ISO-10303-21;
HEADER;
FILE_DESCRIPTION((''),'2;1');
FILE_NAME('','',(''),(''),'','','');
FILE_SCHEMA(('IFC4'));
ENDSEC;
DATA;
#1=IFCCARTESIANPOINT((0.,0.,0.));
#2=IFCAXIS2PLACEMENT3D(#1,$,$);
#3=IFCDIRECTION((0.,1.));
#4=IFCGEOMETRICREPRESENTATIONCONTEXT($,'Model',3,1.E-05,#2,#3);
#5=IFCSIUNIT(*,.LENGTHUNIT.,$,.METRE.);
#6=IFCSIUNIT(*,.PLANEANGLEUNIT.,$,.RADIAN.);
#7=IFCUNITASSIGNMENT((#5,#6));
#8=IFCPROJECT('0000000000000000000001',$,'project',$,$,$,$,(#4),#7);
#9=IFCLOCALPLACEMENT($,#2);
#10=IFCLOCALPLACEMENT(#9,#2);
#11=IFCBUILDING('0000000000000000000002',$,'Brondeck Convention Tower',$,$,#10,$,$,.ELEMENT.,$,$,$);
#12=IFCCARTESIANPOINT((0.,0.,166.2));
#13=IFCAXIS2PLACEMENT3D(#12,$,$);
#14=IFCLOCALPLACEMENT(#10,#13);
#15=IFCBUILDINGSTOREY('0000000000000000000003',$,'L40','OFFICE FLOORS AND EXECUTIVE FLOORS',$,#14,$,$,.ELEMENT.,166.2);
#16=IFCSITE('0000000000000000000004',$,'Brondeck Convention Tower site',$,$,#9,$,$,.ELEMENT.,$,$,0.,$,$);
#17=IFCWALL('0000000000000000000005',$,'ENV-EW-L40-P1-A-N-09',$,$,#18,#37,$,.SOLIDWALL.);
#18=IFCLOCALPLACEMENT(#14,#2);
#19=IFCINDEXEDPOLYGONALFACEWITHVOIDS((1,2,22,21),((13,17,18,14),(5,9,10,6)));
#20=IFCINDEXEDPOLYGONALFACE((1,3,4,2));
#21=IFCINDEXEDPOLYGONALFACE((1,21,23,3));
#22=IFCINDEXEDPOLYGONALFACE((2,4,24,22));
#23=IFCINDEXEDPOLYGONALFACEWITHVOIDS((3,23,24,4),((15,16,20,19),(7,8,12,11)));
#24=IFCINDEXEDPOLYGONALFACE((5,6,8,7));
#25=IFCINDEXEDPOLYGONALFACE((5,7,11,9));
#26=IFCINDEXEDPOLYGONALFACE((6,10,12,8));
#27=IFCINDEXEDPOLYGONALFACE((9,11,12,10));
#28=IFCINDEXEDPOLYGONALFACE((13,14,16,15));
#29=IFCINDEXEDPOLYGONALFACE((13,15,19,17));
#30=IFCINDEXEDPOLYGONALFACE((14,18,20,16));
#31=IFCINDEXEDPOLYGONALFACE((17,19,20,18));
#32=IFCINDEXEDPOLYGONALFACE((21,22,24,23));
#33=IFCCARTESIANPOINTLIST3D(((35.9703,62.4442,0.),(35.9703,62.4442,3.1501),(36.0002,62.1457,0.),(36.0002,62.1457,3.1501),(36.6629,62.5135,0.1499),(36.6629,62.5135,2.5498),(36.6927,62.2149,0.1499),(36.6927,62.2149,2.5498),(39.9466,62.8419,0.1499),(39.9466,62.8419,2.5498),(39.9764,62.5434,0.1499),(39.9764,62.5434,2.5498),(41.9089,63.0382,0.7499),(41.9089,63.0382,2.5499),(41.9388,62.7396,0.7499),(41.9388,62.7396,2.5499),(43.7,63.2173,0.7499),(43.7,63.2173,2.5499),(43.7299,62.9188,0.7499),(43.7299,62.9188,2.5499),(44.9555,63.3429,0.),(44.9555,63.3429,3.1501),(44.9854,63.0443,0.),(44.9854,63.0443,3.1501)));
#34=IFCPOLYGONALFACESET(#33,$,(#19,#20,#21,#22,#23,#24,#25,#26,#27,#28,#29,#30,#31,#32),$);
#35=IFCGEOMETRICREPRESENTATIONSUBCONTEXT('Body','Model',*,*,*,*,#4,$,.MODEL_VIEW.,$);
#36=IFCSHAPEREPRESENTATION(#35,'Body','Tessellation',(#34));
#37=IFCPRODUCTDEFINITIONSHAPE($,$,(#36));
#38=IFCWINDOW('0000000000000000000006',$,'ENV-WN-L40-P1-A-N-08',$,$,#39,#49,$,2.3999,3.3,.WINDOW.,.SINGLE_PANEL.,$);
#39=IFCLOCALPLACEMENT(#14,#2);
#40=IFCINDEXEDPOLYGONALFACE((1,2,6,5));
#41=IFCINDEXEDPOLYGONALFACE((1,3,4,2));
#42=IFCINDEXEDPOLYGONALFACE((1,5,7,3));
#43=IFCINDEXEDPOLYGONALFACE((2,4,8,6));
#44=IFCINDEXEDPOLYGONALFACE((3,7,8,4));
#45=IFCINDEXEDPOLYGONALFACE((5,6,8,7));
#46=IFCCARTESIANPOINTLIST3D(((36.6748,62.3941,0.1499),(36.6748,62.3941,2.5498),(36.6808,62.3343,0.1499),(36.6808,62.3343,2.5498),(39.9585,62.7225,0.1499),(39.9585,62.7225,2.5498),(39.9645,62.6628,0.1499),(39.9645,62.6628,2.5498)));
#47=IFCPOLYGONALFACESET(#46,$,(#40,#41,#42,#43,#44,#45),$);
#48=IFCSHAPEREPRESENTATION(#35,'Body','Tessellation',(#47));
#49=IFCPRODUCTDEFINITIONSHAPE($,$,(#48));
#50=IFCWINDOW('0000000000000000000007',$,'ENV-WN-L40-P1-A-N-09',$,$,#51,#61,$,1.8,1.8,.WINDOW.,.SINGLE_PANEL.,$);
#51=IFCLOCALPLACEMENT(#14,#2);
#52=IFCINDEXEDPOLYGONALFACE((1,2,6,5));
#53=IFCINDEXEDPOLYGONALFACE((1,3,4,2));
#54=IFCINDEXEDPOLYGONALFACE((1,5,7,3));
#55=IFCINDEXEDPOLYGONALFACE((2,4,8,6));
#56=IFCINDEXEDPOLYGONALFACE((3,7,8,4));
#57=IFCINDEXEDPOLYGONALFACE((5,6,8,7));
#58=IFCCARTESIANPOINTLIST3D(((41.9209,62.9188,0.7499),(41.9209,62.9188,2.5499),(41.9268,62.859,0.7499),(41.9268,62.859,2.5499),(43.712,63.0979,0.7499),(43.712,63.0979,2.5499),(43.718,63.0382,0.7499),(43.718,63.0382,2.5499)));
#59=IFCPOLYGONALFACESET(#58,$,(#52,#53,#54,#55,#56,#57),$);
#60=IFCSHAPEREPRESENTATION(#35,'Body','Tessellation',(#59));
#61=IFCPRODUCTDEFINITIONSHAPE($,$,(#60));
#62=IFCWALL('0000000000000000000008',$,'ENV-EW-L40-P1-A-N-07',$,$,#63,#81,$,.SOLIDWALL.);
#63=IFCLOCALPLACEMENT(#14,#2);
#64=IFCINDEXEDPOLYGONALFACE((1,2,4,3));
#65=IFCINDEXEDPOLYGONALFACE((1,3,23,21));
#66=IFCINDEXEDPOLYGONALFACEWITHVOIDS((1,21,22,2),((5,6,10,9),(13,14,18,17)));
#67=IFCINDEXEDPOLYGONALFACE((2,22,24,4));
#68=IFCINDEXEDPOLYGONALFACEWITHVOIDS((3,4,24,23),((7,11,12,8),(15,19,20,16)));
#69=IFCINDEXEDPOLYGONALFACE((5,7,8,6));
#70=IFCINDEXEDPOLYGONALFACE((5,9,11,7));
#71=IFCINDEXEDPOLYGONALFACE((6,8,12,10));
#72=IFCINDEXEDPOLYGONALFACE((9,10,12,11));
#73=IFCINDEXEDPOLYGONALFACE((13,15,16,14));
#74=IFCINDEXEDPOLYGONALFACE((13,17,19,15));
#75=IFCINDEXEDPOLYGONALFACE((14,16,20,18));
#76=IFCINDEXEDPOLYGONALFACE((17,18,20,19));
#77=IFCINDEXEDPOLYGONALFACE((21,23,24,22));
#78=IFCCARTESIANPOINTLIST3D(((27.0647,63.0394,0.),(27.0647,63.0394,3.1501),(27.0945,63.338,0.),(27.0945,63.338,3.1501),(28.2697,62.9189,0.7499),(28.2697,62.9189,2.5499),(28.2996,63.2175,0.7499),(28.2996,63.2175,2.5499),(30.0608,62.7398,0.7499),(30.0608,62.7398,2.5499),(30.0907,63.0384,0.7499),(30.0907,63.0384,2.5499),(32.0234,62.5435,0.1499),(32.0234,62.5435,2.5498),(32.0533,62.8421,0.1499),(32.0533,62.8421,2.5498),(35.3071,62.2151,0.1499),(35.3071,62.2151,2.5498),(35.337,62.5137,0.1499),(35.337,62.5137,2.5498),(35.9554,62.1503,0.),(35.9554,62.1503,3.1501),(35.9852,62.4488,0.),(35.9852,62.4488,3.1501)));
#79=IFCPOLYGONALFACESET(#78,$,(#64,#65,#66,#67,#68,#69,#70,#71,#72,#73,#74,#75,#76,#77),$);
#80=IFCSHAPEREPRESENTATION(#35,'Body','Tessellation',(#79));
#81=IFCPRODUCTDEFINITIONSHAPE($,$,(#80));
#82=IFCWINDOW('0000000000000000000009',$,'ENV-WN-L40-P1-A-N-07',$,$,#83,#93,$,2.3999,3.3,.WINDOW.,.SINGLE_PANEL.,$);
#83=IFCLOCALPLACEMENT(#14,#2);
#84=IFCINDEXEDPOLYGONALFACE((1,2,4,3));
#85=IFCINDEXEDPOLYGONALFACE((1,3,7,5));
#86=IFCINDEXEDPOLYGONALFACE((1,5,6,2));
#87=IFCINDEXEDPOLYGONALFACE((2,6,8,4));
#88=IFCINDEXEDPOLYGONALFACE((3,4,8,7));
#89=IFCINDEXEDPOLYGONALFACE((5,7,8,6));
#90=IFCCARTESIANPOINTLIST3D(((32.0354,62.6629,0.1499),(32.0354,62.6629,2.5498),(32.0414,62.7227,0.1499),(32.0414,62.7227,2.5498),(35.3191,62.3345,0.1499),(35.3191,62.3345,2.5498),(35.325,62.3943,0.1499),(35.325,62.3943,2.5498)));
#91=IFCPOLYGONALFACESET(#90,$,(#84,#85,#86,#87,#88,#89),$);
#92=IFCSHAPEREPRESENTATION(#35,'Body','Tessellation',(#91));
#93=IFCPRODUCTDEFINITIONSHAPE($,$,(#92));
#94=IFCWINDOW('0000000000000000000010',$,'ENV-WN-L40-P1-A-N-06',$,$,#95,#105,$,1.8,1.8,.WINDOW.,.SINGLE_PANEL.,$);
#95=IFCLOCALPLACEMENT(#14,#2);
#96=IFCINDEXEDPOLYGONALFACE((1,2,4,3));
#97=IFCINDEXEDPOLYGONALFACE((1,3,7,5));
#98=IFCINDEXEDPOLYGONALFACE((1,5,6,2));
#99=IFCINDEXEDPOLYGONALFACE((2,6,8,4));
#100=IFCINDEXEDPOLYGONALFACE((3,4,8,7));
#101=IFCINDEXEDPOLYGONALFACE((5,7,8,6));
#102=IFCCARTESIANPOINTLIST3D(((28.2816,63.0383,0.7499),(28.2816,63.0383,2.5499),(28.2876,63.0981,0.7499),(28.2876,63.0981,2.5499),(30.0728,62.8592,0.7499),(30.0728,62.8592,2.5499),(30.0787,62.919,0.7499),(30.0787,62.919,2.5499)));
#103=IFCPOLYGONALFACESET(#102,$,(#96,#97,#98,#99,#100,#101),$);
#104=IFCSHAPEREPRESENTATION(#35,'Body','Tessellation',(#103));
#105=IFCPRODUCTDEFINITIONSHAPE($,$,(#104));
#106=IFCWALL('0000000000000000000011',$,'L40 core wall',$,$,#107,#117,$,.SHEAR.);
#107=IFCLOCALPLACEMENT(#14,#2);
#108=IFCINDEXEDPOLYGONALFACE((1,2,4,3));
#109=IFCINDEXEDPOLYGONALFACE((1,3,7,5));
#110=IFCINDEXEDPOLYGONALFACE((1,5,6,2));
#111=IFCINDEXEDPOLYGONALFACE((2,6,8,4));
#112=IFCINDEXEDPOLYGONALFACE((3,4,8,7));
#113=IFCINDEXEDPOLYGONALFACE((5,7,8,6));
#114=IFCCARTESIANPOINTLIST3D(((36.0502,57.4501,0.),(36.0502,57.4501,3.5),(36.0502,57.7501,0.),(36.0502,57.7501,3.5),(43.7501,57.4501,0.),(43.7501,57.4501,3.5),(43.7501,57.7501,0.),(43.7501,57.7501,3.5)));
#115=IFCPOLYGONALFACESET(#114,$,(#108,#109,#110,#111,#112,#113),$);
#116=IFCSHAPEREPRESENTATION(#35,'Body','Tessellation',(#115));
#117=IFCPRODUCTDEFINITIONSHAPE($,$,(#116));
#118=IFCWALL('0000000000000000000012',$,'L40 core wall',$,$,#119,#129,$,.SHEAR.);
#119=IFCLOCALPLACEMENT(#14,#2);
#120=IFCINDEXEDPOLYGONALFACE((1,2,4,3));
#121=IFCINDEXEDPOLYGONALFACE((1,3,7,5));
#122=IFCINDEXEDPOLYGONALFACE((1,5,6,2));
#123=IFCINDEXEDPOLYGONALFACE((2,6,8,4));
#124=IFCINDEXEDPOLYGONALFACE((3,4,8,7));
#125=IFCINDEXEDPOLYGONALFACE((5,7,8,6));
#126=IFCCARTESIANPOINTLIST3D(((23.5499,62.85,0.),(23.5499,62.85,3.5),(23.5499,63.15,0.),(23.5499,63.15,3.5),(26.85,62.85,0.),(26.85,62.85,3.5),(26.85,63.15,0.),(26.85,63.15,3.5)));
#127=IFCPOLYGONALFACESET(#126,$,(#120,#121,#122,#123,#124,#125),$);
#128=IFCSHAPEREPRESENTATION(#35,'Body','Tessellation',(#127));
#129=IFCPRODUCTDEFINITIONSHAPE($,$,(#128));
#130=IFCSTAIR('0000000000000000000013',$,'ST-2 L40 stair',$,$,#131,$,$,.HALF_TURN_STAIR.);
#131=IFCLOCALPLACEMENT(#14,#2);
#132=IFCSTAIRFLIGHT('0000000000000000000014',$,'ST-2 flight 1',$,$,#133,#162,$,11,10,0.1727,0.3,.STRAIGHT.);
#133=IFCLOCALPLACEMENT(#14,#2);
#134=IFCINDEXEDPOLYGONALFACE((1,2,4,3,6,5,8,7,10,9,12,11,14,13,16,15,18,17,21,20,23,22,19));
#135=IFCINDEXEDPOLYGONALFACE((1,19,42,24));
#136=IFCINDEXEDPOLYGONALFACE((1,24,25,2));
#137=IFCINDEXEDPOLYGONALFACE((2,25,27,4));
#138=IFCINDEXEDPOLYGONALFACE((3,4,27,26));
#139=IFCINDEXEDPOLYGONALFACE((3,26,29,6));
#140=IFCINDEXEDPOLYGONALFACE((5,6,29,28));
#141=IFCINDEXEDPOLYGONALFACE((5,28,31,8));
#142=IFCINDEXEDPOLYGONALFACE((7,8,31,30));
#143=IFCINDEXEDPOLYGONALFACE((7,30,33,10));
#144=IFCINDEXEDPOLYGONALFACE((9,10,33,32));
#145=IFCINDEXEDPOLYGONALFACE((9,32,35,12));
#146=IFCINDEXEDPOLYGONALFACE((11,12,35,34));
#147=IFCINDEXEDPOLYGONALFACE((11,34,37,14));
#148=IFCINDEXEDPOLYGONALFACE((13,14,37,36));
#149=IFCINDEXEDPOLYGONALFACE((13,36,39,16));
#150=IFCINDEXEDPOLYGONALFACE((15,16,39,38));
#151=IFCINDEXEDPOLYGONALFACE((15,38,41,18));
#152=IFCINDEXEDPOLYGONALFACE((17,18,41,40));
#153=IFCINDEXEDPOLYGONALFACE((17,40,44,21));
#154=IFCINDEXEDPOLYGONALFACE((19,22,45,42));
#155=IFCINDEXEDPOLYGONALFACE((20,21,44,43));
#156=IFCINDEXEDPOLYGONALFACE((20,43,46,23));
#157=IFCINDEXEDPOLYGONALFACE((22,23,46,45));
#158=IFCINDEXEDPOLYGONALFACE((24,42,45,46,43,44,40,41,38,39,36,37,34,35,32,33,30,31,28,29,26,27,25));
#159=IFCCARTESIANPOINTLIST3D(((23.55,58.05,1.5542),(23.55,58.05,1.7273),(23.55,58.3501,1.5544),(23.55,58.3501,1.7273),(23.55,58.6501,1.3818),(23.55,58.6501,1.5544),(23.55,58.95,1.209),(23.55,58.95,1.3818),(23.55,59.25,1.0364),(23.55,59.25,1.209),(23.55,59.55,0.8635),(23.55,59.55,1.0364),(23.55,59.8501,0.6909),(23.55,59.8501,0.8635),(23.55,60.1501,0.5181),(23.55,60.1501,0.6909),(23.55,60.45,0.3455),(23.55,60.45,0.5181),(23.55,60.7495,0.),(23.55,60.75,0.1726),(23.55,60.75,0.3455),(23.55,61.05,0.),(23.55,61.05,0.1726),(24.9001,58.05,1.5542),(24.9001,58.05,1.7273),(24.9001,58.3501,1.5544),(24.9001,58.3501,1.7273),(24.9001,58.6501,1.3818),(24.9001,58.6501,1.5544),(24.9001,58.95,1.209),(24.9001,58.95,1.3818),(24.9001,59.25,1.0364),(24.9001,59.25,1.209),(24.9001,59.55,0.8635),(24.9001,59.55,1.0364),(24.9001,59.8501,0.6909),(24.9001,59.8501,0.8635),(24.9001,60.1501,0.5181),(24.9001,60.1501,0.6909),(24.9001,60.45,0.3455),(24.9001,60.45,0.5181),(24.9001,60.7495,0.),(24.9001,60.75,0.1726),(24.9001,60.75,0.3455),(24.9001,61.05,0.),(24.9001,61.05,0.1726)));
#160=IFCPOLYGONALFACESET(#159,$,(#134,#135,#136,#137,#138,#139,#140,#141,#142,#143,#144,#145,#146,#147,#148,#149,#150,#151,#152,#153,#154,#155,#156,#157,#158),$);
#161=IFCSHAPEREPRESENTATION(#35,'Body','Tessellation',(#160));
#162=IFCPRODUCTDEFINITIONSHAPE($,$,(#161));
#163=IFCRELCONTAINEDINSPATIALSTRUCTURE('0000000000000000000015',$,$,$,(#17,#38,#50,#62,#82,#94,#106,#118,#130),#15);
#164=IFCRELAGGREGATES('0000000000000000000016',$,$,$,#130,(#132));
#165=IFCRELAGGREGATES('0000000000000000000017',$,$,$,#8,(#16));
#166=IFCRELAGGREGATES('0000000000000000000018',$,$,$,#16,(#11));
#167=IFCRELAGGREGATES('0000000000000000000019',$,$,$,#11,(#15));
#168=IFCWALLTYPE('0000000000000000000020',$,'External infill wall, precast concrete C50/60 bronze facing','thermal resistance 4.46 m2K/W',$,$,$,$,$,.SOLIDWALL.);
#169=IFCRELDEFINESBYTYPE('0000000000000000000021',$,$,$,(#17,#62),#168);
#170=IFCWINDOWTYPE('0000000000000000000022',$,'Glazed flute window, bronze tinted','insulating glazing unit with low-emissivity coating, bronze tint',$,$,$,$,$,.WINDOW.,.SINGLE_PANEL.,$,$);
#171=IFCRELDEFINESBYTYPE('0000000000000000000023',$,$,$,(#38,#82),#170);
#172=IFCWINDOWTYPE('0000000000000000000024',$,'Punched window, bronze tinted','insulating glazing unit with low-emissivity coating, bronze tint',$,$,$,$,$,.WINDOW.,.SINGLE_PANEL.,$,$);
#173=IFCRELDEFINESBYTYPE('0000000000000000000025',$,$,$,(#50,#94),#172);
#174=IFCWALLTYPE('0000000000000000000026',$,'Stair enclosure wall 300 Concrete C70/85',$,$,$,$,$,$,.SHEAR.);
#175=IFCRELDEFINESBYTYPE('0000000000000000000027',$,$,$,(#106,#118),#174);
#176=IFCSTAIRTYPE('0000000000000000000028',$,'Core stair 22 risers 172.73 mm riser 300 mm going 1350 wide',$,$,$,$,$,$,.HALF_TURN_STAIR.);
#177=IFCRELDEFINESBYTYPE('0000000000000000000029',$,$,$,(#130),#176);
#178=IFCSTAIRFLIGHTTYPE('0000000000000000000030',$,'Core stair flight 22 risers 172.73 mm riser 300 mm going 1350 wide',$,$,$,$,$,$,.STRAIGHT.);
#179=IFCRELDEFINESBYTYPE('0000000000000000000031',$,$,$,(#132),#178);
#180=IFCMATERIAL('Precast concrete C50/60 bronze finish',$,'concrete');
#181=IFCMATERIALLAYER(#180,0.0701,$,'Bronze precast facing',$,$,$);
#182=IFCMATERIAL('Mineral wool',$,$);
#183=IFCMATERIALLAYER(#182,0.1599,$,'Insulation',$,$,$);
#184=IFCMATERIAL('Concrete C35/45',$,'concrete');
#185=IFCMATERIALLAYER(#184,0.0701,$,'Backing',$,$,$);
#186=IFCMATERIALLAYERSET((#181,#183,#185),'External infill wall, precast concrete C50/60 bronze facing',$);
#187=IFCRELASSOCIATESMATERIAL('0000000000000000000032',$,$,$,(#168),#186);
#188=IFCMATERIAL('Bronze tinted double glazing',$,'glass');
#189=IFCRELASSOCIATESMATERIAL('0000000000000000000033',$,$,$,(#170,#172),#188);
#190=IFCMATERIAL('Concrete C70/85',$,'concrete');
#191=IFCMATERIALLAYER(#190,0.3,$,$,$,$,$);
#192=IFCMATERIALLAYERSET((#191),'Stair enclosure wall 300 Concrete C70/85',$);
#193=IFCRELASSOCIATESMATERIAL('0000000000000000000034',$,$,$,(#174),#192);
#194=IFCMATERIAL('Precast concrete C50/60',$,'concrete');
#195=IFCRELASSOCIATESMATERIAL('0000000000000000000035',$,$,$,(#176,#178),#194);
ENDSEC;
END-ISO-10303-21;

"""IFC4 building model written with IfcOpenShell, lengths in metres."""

from ifc_helpers import new_model, si_unit, direction, frame, frame_2d, origin, place, context, subcontext, project, spatial, polyline, rectangle, outline, extrude, material, layer, layer_set, type_object, element, fill, aggregate, save


model = new_model("IFC4")

# Units and contexts
model_context = context("Model", 3, precision=1e-05, world=origin(), true_north=direction((0.0, 1.0)))
body_context = subcontext(model_context, "Body", "Model", "MODEL_VIEW")
ifc_project = project(units=[si_unit("LENGTHUNIT", "METRE"), si_unit("PLANEANGLEUNIT", "RADIAN")], contexts=[model_context])

# Site, building, storey
site_placement = place(None, origin())
site = spatial("IfcSite", under=ifc_project, at=site_placement, Name="Brondeck Convention Tower site", CompositionType="ELEMENT", RefElevation=0.0)
building_placement = place(site_placement, origin())
building = spatial("IfcBuilding", under=site, at=building_placement, Name="Brondeck Convention Tower", CompositionType="ELEMENT")
storey_placement = place(building_placement, frame((0.0, 0.0, 166.2)))
storey = spatial("IfcBuildingStorey", under=building, at=storey_placement, Name="L40", Description="OFFICE FLOORS AND EXECUTIVE FLOORS", CompositionType="ELEMENT", Elevation=166.2)

# Shared definitions
ifc_material_1 = material(Name="Concrete C70/85", Category="concrete")

# Walls, openings, windows
ifc_material_2 = material(Name="Precast concrete C50/60 bronze finish", Category="concrete")
ifc_layer_1 = layer(ifc_material_2, 0.0701, Name="Bronze precast facing")
ifc_material_3 = material(Name="Mineral wool")
ifc_layer_2 = layer(ifc_material_3, 0.1599, Name="Insulation")
ifc_material_4 = material(Name="Concrete C35/45", Category="concrete")
ifc_layer_3 = layer(ifc_material_4, 0.0701, Name="Backing")
ifc_layer_set_1 = layer_set([ifc_layer_1, ifc_layer_2, ifc_layer_3], Name="External infill wall, precast concrete C50/60 bronze facing")
wall_type_1 = type_object("IfcWallType", Name="External infill wall, precast concrete C50/60 bronze facing", Description="thermal resistance 4.46 m2K/W", PredefinedType="SOLIDWALL", material=ifc_layer_set_1)
wall_1_placement = place(storey_placement, frame((35.9851, 62.2949, 0.0), z_axis=(0.0, 0.0, 1.0), x_axis=(0.995035, 0.099522, 0.0)))
wall_1 = element("IfcWall", 1, at=wall_1_placement, inside=storey, type_object=wall_type_1, Name="ENV-EW-L40-P1-A-N-09", PredefinedType="SOLIDWALL", context=body_context, shape_type="SweptSolid", body=[
    extrude(rectangle(XDim=9.03, YDim=0.3, at=frame_2d((4.5151, 0.0))), origin(), (0.0, 0.0, 1.0), 3.1501),
])
opening_1_placement = place(wall_1_placement, frame((0.6963, 0.0, 0.1499)))
opening_1 = element("IfcOpeningElement", 2, at=opening_1_placement, cuts=wall_1, PredefinedType="OPENING", context=body_context, shape_type="SweptSolid", body=[
    extrude(rectangle(XDim=3.3, YDim=2.3999, at=frame_2d((1.6499, 1.2))), frame((0.0, 0.1599, 0.0), z_axis=(0.0, -1.0, 0.0), x_axis=(1.0, 0.0, 0.0)), (0.0, 0.0, 1.0), 0.3201),
])
opening_2_placement = place(wall_1_placement, frame((5.9685, 0.0, 0.75)))
opening_2 = element("IfcOpeningElement", 3, at=opening_2_placement, cuts=wall_1, PredefinedType="OPENING", context=body_context, shape_type="SweptSolid", body=[
    extrude(rectangle(XDim=1.8, YDim=1.8, at=frame_2d((0.8999, 0.8999))), frame((0.0, 0.1599, 0.0), z_axis=(0.0, -1.0, 0.0), x_axis=(1.0, 0.0, 0.0)), (0.0, 0.0, 1.0), 0.3201),
])
ifc_material_5 = material(Name="Bronze tinted double glazing", Category="glass")
window_type_1 = type_object("IfcWindowType", Name="Glazed flute window, bronze tinted", Description="insulating glazing unit with low-emissivity coating, bronze tint", PartitioningType="SINGLE_PANEL", PredefinedType="WINDOW", material=ifc_material_5)
window_1_placement = place(opening_1_placement, origin())
window_1 = element("IfcWindow", 4, at=window_1_placement, inside=storey, type_object=window_type_1, Name="ENV-WN-L40-P1-A-N-08", OverallHeight=2.3999, OverallWidth=3.3, PartitioningType="SINGLE_PANEL", PredefinedType="WINDOW", context=body_context, shape_type="SweptSolid", body=[
    extrude(rectangle(XDim=3.3, YDim=2.3999, at=frame_2d((1.6499, 1.2))), frame((0.0, 0.03, 0.0), z_axis=(0.0, -1.0, 0.0), x_axis=(1.0, 0.0, 0.0)), (0.0, 0.0, 1.0), 0.0601),
])
fill(opening_1, window_1)
window_type_2 = type_object("IfcWindowType", Name="Punched window, bronze tinted", Description="insulating glazing unit with low-emissivity coating, bronze tint", PartitioningType="SINGLE_PANEL", PredefinedType="WINDOW", material=ifc_material_5)
window_2_placement = place(opening_2_placement, origin())
window_2 = element("IfcWindow", 5, at=window_2_placement, inside=storey, type_object=window_type_2, Name="ENV-WN-L40-P1-A-N-09", OverallHeight=1.8, OverallWidth=1.8, PartitioningType="SINGLE_PANEL", PredefinedType="WINDOW", context=body_context, shape_type="SweptSolid", body=[
    extrude(rectangle(XDim=1.8, YDim=1.8, at=frame_2d((0.8999, 0.8999))), frame((0.0, 0.03, 0.0), z_axis=(0.0, -1.0, 0.0), x_axis=(1.0, 0.0, 0.0)), (0.0, 0.0, 1.0), 0.0601),
])
fill(opening_2, window_2)
wall_2_placement = place(storey_placement, frame((27.0796, 63.1887, 0.0), z_axis=(0.0, 0.0, 1.0), x_axis=(0.995036, -0.099515, 0.0)))
wall_2 = element("IfcWall", 6, at=wall_2_placement, inside=storey, type_object=wall_type_1, Name="ENV-EW-L40-P1-A-N-07", PredefinedType="SOLIDWALL", context=body_context, shape_type="SweptSolid", body=[
    extrude(rectangle(XDim=8.9351, YDim=0.3, at=frame_2d((4.4675, 0.0))), origin(), (0.0, 0.0, 1.0), 3.1501),
])
opening_3_placement = place(wall_2_placement, frame((1.2112, 0.0, 0.75)))
opening_3 = element("IfcOpeningElement", 7, at=opening_3_placement, cuts=wall_2, PredefinedType="OPENING", context=body_context, shape_type="SweptSolid", body=[
    extrude(rectangle(XDim=1.8, YDim=1.8, at=frame_2d((0.8999, 0.8999))), frame((0.0, 0.1599, 0.0), z_axis=(0.0, -1.0, 0.0), x_axis=(1.0, 0.0, 0.0)), (0.0, 0.0, 1.0), 0.3201),
])
opening_4_placement = place(wall_2_placement, frame((4.9836, 0.0, 0.1499)))
opening_4 = element("IfcOpeningElement", 8, at=opening_4_placement, cuts=wall_2, PredefinedType="OPENING", context=body_context, shape_type="SweptSolid", body=[
    extrude(rectangle(XDim=3.3, YDim=2.3999, at=frame_2d((1.6499, 1.2))), frame((0.0, 0.1599, 0.0), z_axis=(0.0, -1.0, 0.0), x_axis=(1.0, 0.0, 0.0)), (0.0, 0.0, 1.0), 0.3201),
])
window_3_placement = place(opening_4_placement, origin())
window_3 = element("IfcWindow", 9, at=window_3_placement, inside=storey, type_object=window_type_1, Name="ENV-WN-L40-P1-A-N-07", OverallHeight=2.3999, OverallWidth=3.3, PartitioningType="SINGLE_PANEL", PredefinedType="WINDOW", context=body_context, shape_type="SweptSolid", body=[
    extrude(rectangle(XDim=3.3, YDim=2.3999, at=frame_2d((1.6499, 1.2))), frame((0.0, 0.03, 0.0), z_axis=(0.0, -1.0, 0.0), x_axis=(1.0, 0.0, 0.0)), (0.0, 0.0, 1.0), 0.0601),
])
fill(opening_4, window_3)
window_4_placement = place(opening_3_placement, origin())
window_4 = element("IfcWindow", 10, at=window_4_placement, inside=storey, type_object=window_type_2, Name="ENV-WN-L40-P1-A-N-06", OverallHeight=1.8, OverallWidth=1.8, PartitioningType="SINGLE_PANEL", PredefinedType="WINDOW", context=body_context, shape_type="SweptSolid", body=[
    extrude(rectangle(XDim=1.8, YDim=1.8, at=frame_2d((0.8999, 0.8999))), frame((0.0, 0.03, 0.0), z_axis=(0.0, -1.0, 0.0), x_axis=(1.0, 0.0, 0.0)), (0.0, 0.0, 1.0), 0.0601),
])
fill(opening_3, window_4)

# Walls
ifc_layer_4 = layer(ifc_material_1, 0.3)
ifc_layer_set_2 = layer_set([ifc_layer_4], Name="Stair enclosure wall 300 Concrete C70/85")
wall_type_2 = type_object("IfcWallType", Name="Stair enclosure wall 300 Concrete C70/85", PredefinedType="SHEAR", material=ifc_layer_set_2)
wall_3_placement = place(storey_placement, frame((36.05, 57.6001, 0.0), z_axis=(0.0, 0.0, 1.0), x_axis=(1.0, 0.0, 0.0)))
element("IfcWall", 11, at=wall_3_placement, inside=storey, type_object=wall_type_2, Name="L40 core wall", PredefinedType="SHEAR", context=body_context, shape_type="SweptSolid", body=[
    extrude(rectangle(XDim=7.7, YDim=0.3, at=frame_2d((3.8501, 0.0))), origin(), (0.0, 0.0, 1.0), 3.5),
])
wall_4_placement = place(storey_placement, frame((23.55, 63.0, 0.0), z_axis=(0.0, 0.0, 1.0), x_axis=(1.0, 0.0, 0.0)))
element("IfcWall", 12, at=wall_4_placement, inside=storey, type_object=wall_type_2, Name="L40 core wall", PredefinedType="SHEAR", context=body_context, shape_type="SweptSolid", body=[
    extrude(rectangle(XDim=3.3, YDim=0.3, at=frame_2d((1.6499, 0.0))), origin(), (0.0, 0.0, 1.0), 3.5),
])

# Stair, stair flight
ifc_material_6 = material(Name="Precast concrete C50/60", Category="concrete")
stair_type = type_object("IfcStairType", Name="Core stair 22 risers 172.73 mm riser 300 mm going 1350 wide", PredefinedType="HALF_TURN_STAIR", material=ifc_material_6)
stair_1_placement = place(storey_placement, origin())
stair_1 = element("IfcStair", 13, at=stair_1_placement, inside=storey, type_object=stair_type, Name="ST-2 L40 stair", PredefinedType="HALF_TURN_STAIR")
stair_flight_type = type_object("IfcStairFlightType", Name="Core stair flight 22 risers 172.73 mm riser 300 mm going 1350 wide", PredefinedType="STRAIGHT", material=ifc_material_6)
stair_flight_1_placement = place(storey_placement, frame((24.2251, 61.05, 0.0), z_axis=(0.0, 0.0, 1.0), x_axis=(0.0, -1.0, 0.0)))
stair_flight_1 = element("IfcStairFlight", 14, at=stair_flight_1_placement, type_object=stair_flight_type, Name="ST-2 flight 1", NumberOfRisers=11, NumberOfTreads=10, PredefinedType="STRAIGHT", RiserHeight=0.1727, TreadLength=0.3, context=body_context, shape_type="SweptSolid", body=[
    extrude(outline(polyline([(0.0, 0.0), (0.0, 0.1726), (0.3, 0.1726), (0.3, 0.3455), (0.6001, 0.3455), (0.6001, 0.5181), (0.8999, 0.5181), (0.8999, 0.6909), (1.2, 0.6909), (1.2, 0.8635), (1.5, 0.8635), (1.5, 1.0364), (1.8, 1.0364), (1.8, 1.209), (2.1001, 1.209), (2.1001, 1.3818), (2.3999, 1.3818), (2.3999, 1.5544), (2.7, 1.5544), (2.7, 1.7273), (3.0, 1.7273), (3.0, 1.8999), (3.0, 1.5542), (0.3005, 0.0), (0.0, 0.0)])), frame((0.0, 0.675, 0.0), z_axis=(0.0, -1.0, 0.0), x_axis=(1.0, 0.0, 0.0)), (0.0, 0.0, 1.0), 1.3501),
])
aggregate(stair_1, [stair_flight_1])

save(model, "model.ifc")
